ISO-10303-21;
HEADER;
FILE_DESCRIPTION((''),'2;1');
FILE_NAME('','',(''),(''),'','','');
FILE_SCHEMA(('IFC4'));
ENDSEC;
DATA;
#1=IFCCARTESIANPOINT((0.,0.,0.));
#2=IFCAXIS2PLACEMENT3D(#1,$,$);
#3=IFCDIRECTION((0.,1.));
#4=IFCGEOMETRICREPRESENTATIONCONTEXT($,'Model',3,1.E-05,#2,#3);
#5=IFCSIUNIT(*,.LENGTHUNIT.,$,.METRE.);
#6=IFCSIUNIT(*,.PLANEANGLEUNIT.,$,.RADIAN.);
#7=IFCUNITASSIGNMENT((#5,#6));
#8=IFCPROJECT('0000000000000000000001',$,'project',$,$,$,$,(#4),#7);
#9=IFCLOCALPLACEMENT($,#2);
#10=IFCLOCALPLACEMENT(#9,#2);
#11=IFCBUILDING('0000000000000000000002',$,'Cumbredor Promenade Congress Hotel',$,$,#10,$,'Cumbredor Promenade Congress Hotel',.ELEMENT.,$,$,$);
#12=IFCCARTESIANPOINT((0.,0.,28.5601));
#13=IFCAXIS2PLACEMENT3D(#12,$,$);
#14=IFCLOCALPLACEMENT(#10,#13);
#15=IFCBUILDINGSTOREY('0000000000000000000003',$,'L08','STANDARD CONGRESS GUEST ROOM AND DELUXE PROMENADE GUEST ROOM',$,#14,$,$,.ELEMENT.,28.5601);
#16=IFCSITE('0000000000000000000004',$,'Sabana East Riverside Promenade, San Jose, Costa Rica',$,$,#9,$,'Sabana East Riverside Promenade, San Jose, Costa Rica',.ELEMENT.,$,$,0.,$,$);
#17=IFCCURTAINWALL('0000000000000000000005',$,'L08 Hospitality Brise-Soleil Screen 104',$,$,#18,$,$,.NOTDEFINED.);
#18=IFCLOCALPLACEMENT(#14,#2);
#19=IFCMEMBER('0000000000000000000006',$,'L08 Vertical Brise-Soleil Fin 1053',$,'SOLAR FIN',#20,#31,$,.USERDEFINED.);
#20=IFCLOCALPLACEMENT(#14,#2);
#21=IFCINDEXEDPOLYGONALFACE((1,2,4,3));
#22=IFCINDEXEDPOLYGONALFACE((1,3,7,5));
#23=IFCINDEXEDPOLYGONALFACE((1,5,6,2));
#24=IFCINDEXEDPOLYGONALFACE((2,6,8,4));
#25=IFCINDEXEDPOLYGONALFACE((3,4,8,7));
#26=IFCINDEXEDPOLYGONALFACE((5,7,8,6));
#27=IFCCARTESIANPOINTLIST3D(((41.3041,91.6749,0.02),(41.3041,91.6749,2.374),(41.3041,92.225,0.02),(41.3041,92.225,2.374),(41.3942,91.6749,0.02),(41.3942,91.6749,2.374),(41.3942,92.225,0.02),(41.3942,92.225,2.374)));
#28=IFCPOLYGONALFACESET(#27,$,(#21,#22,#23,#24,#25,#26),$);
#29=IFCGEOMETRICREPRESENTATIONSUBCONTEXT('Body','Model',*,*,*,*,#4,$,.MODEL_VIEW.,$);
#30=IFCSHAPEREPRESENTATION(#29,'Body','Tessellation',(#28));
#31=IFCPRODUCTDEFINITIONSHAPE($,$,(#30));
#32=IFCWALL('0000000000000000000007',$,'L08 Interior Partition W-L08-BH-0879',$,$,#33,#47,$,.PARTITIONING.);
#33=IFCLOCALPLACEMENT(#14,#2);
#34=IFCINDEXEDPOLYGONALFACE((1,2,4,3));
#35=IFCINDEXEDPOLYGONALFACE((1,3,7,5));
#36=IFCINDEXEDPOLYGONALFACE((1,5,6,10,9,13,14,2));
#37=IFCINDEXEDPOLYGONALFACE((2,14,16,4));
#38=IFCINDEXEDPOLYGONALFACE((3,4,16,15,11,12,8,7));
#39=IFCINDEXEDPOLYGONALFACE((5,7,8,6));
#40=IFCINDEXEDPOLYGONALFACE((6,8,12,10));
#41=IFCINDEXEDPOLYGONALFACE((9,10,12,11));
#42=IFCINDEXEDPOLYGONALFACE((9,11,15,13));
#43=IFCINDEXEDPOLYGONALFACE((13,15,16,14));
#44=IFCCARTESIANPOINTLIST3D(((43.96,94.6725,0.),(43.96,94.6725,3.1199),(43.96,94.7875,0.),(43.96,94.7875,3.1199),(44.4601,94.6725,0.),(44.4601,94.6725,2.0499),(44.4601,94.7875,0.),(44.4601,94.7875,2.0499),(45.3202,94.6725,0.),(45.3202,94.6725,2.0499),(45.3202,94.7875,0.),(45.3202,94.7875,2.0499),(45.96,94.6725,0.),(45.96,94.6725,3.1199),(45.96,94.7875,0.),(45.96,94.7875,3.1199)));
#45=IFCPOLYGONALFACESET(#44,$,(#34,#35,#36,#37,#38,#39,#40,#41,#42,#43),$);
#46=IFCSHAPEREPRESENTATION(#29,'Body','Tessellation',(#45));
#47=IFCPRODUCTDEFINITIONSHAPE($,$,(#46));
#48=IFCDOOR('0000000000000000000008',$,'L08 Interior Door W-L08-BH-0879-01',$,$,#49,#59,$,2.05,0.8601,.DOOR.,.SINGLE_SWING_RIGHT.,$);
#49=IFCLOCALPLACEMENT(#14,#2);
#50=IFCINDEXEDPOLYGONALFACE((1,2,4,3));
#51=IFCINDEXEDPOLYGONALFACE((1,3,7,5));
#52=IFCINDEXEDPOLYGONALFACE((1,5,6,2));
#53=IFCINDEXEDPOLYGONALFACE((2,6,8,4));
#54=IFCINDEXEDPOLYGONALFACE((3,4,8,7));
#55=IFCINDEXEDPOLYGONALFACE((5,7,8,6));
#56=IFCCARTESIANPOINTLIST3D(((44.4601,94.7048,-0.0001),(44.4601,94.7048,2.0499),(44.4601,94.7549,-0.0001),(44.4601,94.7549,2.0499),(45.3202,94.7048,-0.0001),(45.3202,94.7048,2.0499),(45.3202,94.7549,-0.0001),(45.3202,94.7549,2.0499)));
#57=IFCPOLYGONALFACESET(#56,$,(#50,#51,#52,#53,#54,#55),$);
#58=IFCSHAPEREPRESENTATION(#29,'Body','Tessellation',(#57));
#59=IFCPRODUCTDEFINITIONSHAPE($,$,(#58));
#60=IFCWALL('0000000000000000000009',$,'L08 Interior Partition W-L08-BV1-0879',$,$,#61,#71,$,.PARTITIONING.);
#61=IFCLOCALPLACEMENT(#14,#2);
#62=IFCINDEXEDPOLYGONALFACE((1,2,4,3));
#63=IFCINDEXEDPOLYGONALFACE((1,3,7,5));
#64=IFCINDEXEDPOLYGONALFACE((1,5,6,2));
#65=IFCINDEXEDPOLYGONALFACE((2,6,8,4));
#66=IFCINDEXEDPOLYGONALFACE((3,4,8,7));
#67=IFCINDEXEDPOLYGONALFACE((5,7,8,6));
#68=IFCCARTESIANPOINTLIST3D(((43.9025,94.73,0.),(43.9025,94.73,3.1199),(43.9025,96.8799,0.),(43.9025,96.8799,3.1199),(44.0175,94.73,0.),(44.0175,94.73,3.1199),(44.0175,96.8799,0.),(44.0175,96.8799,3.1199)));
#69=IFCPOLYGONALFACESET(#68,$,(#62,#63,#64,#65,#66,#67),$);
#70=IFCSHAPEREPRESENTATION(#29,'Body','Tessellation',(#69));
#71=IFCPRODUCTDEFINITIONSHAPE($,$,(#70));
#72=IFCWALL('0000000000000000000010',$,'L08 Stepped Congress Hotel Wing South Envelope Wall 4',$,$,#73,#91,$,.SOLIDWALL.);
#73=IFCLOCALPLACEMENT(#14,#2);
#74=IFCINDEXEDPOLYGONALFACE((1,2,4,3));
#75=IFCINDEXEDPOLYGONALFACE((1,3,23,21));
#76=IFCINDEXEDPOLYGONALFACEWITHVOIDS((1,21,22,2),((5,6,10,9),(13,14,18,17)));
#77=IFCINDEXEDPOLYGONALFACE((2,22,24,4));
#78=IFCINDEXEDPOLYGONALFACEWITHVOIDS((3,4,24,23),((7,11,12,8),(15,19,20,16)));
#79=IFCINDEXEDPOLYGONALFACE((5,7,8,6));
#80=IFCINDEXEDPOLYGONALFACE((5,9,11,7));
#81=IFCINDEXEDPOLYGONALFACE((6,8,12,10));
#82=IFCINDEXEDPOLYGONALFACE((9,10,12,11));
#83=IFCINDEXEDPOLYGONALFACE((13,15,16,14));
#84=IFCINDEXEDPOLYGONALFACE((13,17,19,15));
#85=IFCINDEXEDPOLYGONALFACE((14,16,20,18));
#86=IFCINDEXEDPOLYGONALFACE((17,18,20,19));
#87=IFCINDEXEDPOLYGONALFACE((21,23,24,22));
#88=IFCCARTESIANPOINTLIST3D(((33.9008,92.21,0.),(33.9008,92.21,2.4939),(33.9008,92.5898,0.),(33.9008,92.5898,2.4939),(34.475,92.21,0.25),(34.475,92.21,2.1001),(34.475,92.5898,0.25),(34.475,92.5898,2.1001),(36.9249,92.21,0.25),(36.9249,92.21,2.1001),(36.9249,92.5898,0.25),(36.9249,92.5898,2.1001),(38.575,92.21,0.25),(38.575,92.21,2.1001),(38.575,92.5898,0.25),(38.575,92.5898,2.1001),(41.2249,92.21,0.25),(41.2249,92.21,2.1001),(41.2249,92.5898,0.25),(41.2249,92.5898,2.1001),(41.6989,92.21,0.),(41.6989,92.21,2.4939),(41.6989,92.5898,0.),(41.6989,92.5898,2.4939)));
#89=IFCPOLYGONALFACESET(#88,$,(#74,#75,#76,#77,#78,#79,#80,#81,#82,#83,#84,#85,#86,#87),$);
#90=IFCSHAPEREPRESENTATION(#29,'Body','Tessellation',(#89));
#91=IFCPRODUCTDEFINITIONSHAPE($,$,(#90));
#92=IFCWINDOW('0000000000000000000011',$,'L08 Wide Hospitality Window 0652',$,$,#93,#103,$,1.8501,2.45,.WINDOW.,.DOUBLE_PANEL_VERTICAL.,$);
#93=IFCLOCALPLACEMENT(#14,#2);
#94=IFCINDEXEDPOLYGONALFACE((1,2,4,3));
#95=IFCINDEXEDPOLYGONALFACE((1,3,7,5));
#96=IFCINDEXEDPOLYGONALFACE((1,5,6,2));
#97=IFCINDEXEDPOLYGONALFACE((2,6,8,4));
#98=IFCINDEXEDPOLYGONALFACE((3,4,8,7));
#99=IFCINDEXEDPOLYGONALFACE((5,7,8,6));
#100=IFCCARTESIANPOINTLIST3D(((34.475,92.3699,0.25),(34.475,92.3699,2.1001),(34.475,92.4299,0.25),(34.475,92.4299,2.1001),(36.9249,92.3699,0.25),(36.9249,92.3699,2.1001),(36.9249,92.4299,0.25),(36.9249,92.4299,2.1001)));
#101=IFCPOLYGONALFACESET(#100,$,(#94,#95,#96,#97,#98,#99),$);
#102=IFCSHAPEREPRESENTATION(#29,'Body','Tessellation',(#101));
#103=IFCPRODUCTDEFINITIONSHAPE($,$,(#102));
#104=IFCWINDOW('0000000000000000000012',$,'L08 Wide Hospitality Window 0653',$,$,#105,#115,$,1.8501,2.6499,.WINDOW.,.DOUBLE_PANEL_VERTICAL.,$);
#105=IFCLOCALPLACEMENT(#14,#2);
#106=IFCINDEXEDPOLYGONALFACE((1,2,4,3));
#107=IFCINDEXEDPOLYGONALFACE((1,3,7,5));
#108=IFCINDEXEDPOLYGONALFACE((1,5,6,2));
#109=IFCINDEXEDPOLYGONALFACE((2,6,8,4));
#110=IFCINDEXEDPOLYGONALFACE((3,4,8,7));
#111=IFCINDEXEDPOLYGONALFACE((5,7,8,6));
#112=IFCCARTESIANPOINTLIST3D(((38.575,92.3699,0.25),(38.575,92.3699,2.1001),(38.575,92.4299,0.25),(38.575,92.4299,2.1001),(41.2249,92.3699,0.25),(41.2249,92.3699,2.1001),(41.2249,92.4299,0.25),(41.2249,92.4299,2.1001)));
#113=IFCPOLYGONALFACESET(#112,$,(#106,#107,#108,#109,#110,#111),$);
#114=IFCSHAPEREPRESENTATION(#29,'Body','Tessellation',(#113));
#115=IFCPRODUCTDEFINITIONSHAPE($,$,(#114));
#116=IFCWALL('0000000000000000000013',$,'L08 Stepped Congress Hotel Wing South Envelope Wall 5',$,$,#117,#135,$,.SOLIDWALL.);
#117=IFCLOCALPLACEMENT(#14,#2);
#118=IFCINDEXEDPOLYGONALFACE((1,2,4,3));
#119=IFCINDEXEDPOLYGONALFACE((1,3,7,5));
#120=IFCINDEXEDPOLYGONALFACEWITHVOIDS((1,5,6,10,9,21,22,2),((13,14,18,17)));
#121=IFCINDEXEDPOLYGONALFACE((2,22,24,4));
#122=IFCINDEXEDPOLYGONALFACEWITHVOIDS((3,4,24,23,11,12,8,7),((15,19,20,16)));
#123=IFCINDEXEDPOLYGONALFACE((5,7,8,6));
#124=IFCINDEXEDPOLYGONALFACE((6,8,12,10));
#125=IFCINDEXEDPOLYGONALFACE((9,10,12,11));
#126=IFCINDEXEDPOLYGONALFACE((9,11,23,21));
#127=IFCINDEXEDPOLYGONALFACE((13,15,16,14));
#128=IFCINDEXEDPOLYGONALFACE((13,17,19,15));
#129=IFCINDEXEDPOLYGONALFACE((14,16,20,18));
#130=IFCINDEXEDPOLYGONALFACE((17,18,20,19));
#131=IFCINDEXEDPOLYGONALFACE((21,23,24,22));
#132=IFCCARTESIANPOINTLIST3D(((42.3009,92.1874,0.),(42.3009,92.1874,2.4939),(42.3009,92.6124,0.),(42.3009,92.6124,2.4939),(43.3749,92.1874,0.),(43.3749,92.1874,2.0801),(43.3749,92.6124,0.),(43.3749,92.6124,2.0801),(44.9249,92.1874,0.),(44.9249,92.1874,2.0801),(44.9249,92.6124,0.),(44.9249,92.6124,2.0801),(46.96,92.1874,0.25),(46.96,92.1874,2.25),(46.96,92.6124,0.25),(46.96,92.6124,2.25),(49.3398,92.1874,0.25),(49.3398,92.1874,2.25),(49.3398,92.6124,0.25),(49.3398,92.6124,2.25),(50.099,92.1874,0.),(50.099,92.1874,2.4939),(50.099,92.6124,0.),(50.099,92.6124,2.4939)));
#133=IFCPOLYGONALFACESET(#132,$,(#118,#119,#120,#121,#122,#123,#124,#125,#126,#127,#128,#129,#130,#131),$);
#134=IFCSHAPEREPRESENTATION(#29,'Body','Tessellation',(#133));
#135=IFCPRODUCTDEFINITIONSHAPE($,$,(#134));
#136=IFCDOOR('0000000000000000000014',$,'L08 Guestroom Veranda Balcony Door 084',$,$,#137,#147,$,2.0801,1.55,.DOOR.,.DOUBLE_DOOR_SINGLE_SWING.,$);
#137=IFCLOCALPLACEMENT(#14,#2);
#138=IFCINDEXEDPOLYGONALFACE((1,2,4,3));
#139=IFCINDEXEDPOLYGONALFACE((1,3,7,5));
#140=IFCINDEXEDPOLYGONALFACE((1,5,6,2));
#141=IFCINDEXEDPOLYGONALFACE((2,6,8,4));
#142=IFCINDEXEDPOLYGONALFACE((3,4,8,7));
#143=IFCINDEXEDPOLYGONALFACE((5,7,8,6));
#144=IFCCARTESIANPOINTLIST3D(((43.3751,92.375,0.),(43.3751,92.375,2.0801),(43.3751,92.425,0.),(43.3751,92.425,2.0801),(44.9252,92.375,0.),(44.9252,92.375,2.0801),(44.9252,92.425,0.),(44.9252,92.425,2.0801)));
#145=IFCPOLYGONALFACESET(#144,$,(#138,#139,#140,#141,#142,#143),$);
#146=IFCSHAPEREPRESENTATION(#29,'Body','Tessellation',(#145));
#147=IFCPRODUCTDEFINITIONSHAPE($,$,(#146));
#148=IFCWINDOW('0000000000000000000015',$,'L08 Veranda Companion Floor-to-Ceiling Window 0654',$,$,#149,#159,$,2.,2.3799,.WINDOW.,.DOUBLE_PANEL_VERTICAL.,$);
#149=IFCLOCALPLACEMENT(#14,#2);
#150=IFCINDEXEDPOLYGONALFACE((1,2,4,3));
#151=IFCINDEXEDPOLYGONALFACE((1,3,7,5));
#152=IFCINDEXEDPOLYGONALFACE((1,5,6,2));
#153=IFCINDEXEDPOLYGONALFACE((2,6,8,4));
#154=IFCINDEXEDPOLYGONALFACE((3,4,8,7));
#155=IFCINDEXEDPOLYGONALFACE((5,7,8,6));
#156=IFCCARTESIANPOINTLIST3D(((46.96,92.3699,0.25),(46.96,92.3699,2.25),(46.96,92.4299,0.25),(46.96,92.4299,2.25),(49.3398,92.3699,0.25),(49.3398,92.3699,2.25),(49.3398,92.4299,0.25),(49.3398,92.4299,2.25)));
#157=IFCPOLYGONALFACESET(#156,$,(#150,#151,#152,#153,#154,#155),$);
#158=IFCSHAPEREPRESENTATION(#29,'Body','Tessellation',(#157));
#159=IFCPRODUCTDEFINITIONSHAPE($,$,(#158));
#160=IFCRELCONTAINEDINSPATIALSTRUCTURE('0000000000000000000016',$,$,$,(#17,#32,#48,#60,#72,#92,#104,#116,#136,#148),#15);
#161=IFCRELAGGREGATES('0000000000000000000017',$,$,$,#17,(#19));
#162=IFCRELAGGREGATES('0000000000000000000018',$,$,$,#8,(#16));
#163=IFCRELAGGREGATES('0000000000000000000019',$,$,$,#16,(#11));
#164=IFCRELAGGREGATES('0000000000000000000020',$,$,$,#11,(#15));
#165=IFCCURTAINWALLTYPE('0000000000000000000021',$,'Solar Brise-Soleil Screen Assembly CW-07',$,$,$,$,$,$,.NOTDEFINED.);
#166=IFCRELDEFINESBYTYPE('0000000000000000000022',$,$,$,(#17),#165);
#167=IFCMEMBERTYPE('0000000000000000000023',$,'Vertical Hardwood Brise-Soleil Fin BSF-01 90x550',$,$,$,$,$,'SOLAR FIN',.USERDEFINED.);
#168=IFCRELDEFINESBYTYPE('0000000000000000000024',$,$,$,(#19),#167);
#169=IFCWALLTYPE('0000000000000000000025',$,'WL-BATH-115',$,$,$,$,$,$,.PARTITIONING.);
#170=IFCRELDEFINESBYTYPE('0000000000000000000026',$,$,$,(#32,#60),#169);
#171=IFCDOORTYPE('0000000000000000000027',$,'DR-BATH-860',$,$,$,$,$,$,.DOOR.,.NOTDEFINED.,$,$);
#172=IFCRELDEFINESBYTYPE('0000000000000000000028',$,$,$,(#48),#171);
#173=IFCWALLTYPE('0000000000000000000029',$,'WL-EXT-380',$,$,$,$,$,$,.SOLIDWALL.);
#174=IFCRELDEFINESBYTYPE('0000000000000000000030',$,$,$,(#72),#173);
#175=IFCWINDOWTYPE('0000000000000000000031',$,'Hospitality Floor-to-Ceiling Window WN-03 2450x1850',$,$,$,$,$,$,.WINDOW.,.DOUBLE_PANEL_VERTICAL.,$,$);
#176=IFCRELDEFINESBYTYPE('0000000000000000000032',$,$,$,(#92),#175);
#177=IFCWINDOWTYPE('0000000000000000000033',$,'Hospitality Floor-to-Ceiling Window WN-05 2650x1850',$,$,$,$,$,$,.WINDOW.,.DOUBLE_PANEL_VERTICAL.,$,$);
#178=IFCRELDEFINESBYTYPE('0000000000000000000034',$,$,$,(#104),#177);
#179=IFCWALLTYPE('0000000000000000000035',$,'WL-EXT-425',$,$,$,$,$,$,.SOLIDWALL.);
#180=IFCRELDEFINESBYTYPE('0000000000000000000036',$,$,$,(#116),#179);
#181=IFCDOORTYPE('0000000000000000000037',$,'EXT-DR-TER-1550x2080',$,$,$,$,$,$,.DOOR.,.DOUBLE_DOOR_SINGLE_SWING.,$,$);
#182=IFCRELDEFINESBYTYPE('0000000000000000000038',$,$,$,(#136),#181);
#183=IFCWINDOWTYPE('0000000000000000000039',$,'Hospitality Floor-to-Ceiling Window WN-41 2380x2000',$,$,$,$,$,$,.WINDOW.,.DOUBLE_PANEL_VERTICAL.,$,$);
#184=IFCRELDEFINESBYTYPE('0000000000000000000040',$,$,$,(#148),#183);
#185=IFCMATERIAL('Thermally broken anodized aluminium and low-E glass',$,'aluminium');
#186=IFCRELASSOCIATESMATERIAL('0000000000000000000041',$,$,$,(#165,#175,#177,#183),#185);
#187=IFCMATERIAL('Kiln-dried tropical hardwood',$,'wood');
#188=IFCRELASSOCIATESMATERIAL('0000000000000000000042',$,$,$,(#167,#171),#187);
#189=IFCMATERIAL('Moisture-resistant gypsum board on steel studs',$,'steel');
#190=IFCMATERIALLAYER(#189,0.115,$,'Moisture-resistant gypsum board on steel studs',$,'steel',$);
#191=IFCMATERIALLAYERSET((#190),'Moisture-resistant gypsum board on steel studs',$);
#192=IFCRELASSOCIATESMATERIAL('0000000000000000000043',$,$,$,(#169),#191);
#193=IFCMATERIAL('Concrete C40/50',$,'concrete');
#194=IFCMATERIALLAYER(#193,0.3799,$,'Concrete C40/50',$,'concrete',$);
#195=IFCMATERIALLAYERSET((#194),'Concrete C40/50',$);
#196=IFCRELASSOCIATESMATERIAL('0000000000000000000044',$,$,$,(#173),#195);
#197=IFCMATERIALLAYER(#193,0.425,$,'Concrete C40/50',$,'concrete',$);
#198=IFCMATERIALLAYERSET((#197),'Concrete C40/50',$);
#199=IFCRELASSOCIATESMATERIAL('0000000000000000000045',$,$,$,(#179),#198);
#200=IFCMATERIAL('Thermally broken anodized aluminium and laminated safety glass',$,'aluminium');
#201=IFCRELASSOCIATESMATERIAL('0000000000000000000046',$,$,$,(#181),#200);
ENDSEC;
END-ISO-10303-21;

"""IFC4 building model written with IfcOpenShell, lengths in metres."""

from ifc_helpers import new_model, si_unit, direction, frame, frame_2d, origin, origin_2d, place, context, subcontext, project, spatial, rectangle, extrude, material, layer, layer_set, material_profile, profile_set, type_object, element, fill, aggregate, save


model = new_model("IFC4")

# Units and contexts
model_context = context("Model", 3, precision=1e-05, world=origin(), true_north=direction((0.0, 1.0)))
body_context = subcontext(model_context, "Body", "Model", "MODEL_VIEW")
ifc_project = project(units=[si_unit("LENGTHUNIT", "METRE"), si_unit("PLANEANGLEUNIT", "RADIAN")], contexts=[model_context])

# Site, building, storey
site_placement = place(None, origin())
site = spatial("IfcSite", under=ifc_project, at=site_placement, Name="Sabana East Riverside Promenade, San Jose, Costa Rica", LongName="Sabana East Riverside Promenade, San Jose, Costa Rica", CompositionType="ELEMENT", RefElevation=0.0)
building_placement = place(site_placement, origin())
building = spatial("IfcBuilding", under=site, at=building_placement, Name="Cumbredor Promenade Congress Hotel", LongName="Cumbredor Promenade Congress Hotel", CompositionType="ELEMENT")
storey_placement = place(building_placement, frame((0.0, 0.0, 28.5601)))
storey = spatial("IfcBuildingStorey", under=building, at=storey_placement, Name="L08", Description="STANDARD CONGRESS GUEST ROOM AND DELUXE PROMENADE GUEST ROOM", CompositionType="ELEMENT", Elevation=28.5601)

# Shared definitions
ifc_material_1 = material(Name="Concrete C40/50", Category="concrete")

# Curtain wall
ifc_material_2 = material(Name="Thermally broken anodized aluminium and low-E glass", Category="aluminium")
curtain_wall_type = type_object("IfcCurtainWallType", Name="Solar Brise-Soleil Screen Assembly CW-07", PredefinedType="NOTDEFINED", material=ifc_material_2)
curtain_wall_1_placement = place(storey_placement, origin())
curtain_wall_1 = element("IfcCurtainWall", 1, at=curtain_wall_1_placement, inside=storey, type_object=curtain_wall_type, Name="L08 Hospitality Brise-Soleil Screen 104", PredefinedType="NOTDEFINED")

# Member
ifc_material_3 = material(Name="Kiln-dried tropical hardwood", Category="wood")
ifc_material_profile_1 = material_profile(ifc_material_3, rectangle(XDim=0.0901, YDim=0.55, at=origin_2d()), Name="ARCH FIN 90x550")
ifc_profile_set_1 = profile_set([ifc_material_profile_1], Name="Kiln-dried tropical hardwood")
member_type_1 = type_object("IfcMemberType", Name="Vertical Hardwood Brise-Soleil Fin BSF-01 90x550", ElementType="SOLAR FIN", PredefinedType="USERDEFINED", material=ifc_profile_set_1)
member_1_placement = place(storey_placement, frame((41.3491, 91.95, 0.02), z_axis=(0.0, 0.0, 1.0), x_axis=(1.0, 0.0, 0.0)))
member_1 = element("IfcMember", 2, at=member_1_placement, type_object=member_type_1, Name="L08 Vertical Brise-Soleil Fin 1053", ObjectType="SOLAR FIN", PredefinedType="USERDEFINED", context=body_context, shape_type="SweptSolid", body=[
    extrude(rectangle(XDim=0.0901, YDim=0.55, at=origin_2d()), origin(), (0.0, 0.0, 1.0), 2.354),
])
aggregate(curtain_wall_1, [member_1])

# Wall, opening, door
ifc_material_4 = material(Name="Moisture-resistant gypsum board on steel studs", Category="steel")
ifc_layer_1 = layer(ifc_material_4, 0.115, Name="Moisture-resistant gypsum board on steel studs", Category="steel")
ifc_layer_set_1 = layer_set([ifc_layer_1], Name="Moisture-resistant gypsum board on steel studs")
wall_type_1 = type_object("IfcWallType", Name="WL-BATH-115", PredefinedType="PARTITIONING", material=ifc_layer_set_1)
wall_1_placement = place(storey_placement, frame((43.96, 94.73, 0.0), z_axis=(0.0, 0.0, 1.0), x_axis=(1.0, 0.0, 0.0)))
wall_1 = element("IfcWall", 3, at=wall_1_placement, inside=storey, type_object=wall_type_1, Name="L08 Interior Partition W-L08-BH-0879", PredefinedType="PARTITIONING", context=body_context, shape_type="SweptSolid", body=[
    extrude(rectangle(XDim=2.0, YDim=0.115, at=frame_2d((1.0, 0.0))), origin(), (0.0, 0.0, 1.0), 3.1199),
])
opening_1_placement = place(wall_1_placement, frame((0.5, 0.0, 0.0)))
opening_1 = element("IfcOpeningElement", 4, at=opening_1_placement, cuts=wall_1, PredefinedType="OPENING", context=body_context, shape_type="SweptSolid", body=[
    extrude(rectangle(XDim=0.8601, YDim=2.05, at=frame_2d((0.4302, 1.0249))), frame((0.0, 0.0674, 0.0), z_axis=(0.0, -1.0, 0.0), x_axis=(1.0, 0.0, 0.0)), (0.0, 0.0, 1.0), 0.135),
])
door_type_1 = type_object("IfcDoorType", Name="DR-BATH-860", OperationType="NOTDEFINED", PredefinedType="DOOR", material=ifc_material_3)
door_1_placement = place(opening_1_placement, origin())
door_1 = element("IfcDoor", 5, at=door_1_placement, inside=storey, type_object=door_type_1, Name="L08 Interior Door W-L08-BH-0879-01", OperationType="SINGLE_SWING_RIGHT", OverallHeight=2.05, OverallWidth=0.8601, PredefinedType="DOOR", context=body_context, shape_type="SweptSolid", body=[
    extrude(rectangle(XDim=0.8601, YDim=2.05, at=frame_2d((0.4302, 1.0249))), frame((0.0, 0.0249, 0.0), z_axis=(0.0, -1.0, 0.0), x_axis=(1.0, 0.0, 0.0)), (0.0, 0.0, 1.0), 0.05),
])
fill(opening_1, door_1)

# Wall
wall_2_placement = place(storey_placement, frame((43.96, 94.73, 0.0), z_axis=(0.0, 0.0, 1.0), x_axis=(0.0, 1.0, 0.0)))
element("IfcWall", 6, at=wall_2_placement, inside=storey, type_object=wall_type_1, Name="L08 Interior Partition W-L08-BV1-0879", PredefinedType="PARTITIONING", context=body_context, shape_type="SweptSolid", body=[
    extrude(rectangle(XDim=2.1499, YDim=0.115, at=frame_2d((1.075, 0.0))), origin(), (0.0, 0.0, 1.0), 3.1199),
])

# Wall, openings, windows
ifc_layer_2 = layer(ifc_material_1, 0.3799, Name="Concrete C40/50", Category="concrete")
ifc_layer_set_2 = layer_set([ifc_layer_2], Name="Concrete C40/50")
wall_type_2 = type_object("IfcWallType", Name="WL-EXT-380", PredefinedType="SOLIDWALL", material=ifc_layer_set_2)
wall_3_placement = place(storey_placement, frame((33.9009, 92.3999, 0.0), z_axis=(0.0, 0.0, 1.0), x_axis=(1.0, 0.0, 0.0)))
wall_3 = element("IfcWall", 7, at=wall_3_placement, inside=storey, type_object=wall_type_2, Name="L08 Stepped Congress Hotel Wing South Envelope Wall 4", PredefinedType="SOLIDWALL", context=body_context, shape_type="SweptSolid", body=[
    extrude(rectangle(XDim=7.7981, YDim=0.3799, at=frame_2d((3.8989, 0.0))), origin(), (0.0, 0.0, 1.0), 2.4939),
])
opening_2_placement = place(wall_3_placement, frame((0.574, 0.0, 0.25)))
opening_2 = element("IfcOpeningElement", 8, at=opening_2_placement, cuts=wall_3, PredefinedType="OPENING", context=body_context, shape_type="SweptSolid", body=[
    extrude(rectangle(XDim=2.45, YDim=1.8501, at=frame_2d((1.2251, 0.925))), frame((0.0, 0.2, 0.0), z_axis=(0.0, -1.0, 0.0), x_axis=(1.0, 0.0, 0.0)), (0.0, 0.0, 1.0), 0.3999),
])
opening_3_placement = place(wall_3_placement, frame((4.6741, 0.0, 0.25)))
opening_3 = element("IfcOpeningElement", 9, at=opening_3_placement, cuts=wall_3, PredefinedType="OPENING", context=body_context, shape_type="SweptSolid", body=[
    extrude(rectangle(XDim=2.6499, YDim=1.8501, at=frame_2d((1.325, 0.925))), frame((0.0, 0.2, 0.0), z_axis=(0.0, -1.0, 0.0), x_axis=(1.0, 0.0, 0.0)), (0.0, 0.0, 1.0), 0.3999),
])
window_type_1 = type_object("IfcWindowType", Name="Hospitality Floor-to-Ceiling Window WN-03 2450x1850", PartitioningType="DOUBLE_PANEL_VERTICAL", PredefinedType="WINDOW", material=ifc_material_2)
window_1_placement = place(opening_2_placement, origin())
window_1 = element("IfcWindow", 10, at=window_1_placement, inside=storey, type_object=window_type_1, Name="L08 Wide Hospitality Window 0652", OverallHeight=1.8501, OverallWidth=2.45, PartitioningType="DOUBLE_PANEL_VERTICAL", PredefinedType="WINDOW", context=body_context, shape_type="SweptSolid", body=[
    extrude(rectangle(XDim=2.45, YDim=1.8501, at=frame_2d((1.2251, 0.925))), frame((0.0, 0.03, 0.0), z_axis=(0.0, -1.0, 0.0), x_axis=(1.0, 0.0, 0.0)), (0.0, 0.0, 1.0), 0.0601),
])
fill(opening_2, window_1)
window_type_2 = type_object("IfcWindowType", Name="Hospitality Floor-to-Ceiling Window WN-05 2650x1850", PartitioningType="DOUBLE_PANEL_VERTICAL", PredefinedType="WINDOW", material=ifc_material_2)
window_2_placement = place(opening_3_placement, origin())
window_2 = element("IfcWindow", 11, at=window_2_placement, inside=storey, type_object=window_type_2, Name="L08 Wide Hospitality Window 0653", OverallHeight=1.8501, OverallWidth=2.6499, PartitioningType="DOUBLE_PANEL_VERTICAL", PredefinedType="WINDOW", context=body_context, shape_type="SweptSolid", body=[
    extrude(rectangle(XDim=2.6499, YDim=1.8501, at=frame_2d((1.325, 0.925))), frame((0.0, 0.03, 0.0), z_axis=(0.0, -1.0, 0.0), x_axis=(1.0, 0.0, 0.0)), (0.0, 0.0, 1.0), 0.0601),
])
fill(opening_3, window_2)

# Wall, openings, door, window
ifc_layer_3 = layer(ifc_material_1, 0.425, Name="Concrete C40/50", Category="concrete")
ifc_layer_set_3 = layer_set([ifc_layer_3], Name="Concrete C40/50")
wall_type_3 = type_object("IfcWallType", Name="WL-EXT-425", PredefinedType="SOLIDWALL", material=ifc_layer_set_3)
wall_4_placement = place(storey_placement, frame((42.301, 92.3999, 0.0), z_axis=(0.0, 0.0, 1.0), x_axis=(1.0, 0.0, 0.0)))
wall_4 = element("IfcWall", 12, at=wall_4_placement, inside=storey, type_object=wall_type_3, Name="L08 Stepped Congress Hotel Wing South Envelope Wall 5", PredefinedType="SOLIDWALL", context=body_context, shape_type="SweptSolid", body=[
    extrude(rectangle(XDim=7.7981, YDim=0.425, at=frame_2d((3.8989, 0.0))), origin(), (0.0, 0.0, 1.0), 2.4939),
])
opening_4_placement = place(wall_4_placement, frame((1.074, 0.0, 0.0)))
opening_4 = element("IfcOpeningElement", 13, at=opening_4_placement, cuts=wall_4, PredefinedType="OPENING", context=body_context, shape_type="SweptSolid", body=[
    extrude(rectangle(XDim=1.55, YDim=2.0801, at=frame_2d((0.7749, 1.04))), frame((0.0, 0.2227, 0.0), z_axis=(0.0, -1.0, 0.0), x_axis=(1.0, 0.0, 0.0)), (0.0, 0.0, 1.0), 0.4451),
])
opening_5_placement = place(wall_4_placement, frame((4.6589, 0.0, 0.25)))
opening_5 = element("IfcOpeningElement", 14, at=opening_5_placement, cuts=wall_4, PredefinedType="OPENING", context=body_context, shape_type="SweptSolid", body=[
    extrude(rectangle(XDim=2.3799, YDim=2.0, at=frame_2d((1.1899, 1.0))), frame((0.0, 0.2227, 0.0), z_axis=(0.0, -1.0, 0.0), x_axis=(1.0, 0.0, 0.0)), (0.0, 0.0, 1.0), 0.4451),
])
ifc_material_5 = material(Name="Thermally broken anodized aluminium and laminated safety glass", Category="aluminium")
door_type_2 = type_object("IfcDoorType", Name="EXT-DR-TER-1550x2080", OperationType="DOUBLE_DOOR_SINGLE_SWING", PredefinedType="DOOR", material=ifc_material_5)
door_2_placement = place(opening_4_placement, frame((1.55, 0.0, 0.0), z_axis=(0.0, 0.0, 1.0), x_axis=(-1.0, 0.0, 0.0)))
door_2 = element("IfcDoor", 15, at=door_2_placement, inside=storey, type_object=door_type_2, Name="L08 Guestroom Veranda Balcony Door 084", OperationType="DOUBLE_DOOR_SINGLE_SWING", OverallHeight=2.0801, OverallWidth=1.55, PredefinedType="DOOR", context=body_context, shape_type="SweptSolid", body=[
    extrude(rectangle(XDim=1.55, YDim=2.0801, at=frame_2d((0.7749, 1.04))), frame((0.0, 0.0249, 0.0), z_axis=(0.0, -1.0, 0.0), x_axis=(1.0, 0.0, 0.0)), (0.0, 0.0, 1.0), 0.05),
])
fill(opening_4, door_2)
window_type_3 = type_object("IfcWindowType", Name="Hospitality Floor-to-Ceiling Window WN-41 2380x2000", PartitioningType="DOUBLE_PANEL_VERTICAL", PredefinedType="WINDOW", material=ifc_material_2)
window_3_placement = place(opening_5_placement, origin())
window_3 = element("IfcWindow", 16, at=window_3_placement, inside=storey, type_object=window_type_3, Name="L08 Veranda Companion Floor-to-Ceiling Window 0654", OverallHeight=2.0, OverallWidth=2.3799, PartitioningType="DOUBLE_PANEL_VERTICAL", PredefinedType="WINDOW", context=body_context, shape_type="SweptSolid", body=[
    extrude(rectangle(XDim=2.3799, YDim=2.0, at=frame_2d((1.1899, 1.0))), frame((0.0, 0.03, 0.0), z_axis=(0.0, -1.0, 0.0), x_axis=(1.0, 0.0, 0.0)), (0.0, 0.0, 1.0), 0.0601),
])
fill(opening_5, window_3)

save(model, "model.ifc")
